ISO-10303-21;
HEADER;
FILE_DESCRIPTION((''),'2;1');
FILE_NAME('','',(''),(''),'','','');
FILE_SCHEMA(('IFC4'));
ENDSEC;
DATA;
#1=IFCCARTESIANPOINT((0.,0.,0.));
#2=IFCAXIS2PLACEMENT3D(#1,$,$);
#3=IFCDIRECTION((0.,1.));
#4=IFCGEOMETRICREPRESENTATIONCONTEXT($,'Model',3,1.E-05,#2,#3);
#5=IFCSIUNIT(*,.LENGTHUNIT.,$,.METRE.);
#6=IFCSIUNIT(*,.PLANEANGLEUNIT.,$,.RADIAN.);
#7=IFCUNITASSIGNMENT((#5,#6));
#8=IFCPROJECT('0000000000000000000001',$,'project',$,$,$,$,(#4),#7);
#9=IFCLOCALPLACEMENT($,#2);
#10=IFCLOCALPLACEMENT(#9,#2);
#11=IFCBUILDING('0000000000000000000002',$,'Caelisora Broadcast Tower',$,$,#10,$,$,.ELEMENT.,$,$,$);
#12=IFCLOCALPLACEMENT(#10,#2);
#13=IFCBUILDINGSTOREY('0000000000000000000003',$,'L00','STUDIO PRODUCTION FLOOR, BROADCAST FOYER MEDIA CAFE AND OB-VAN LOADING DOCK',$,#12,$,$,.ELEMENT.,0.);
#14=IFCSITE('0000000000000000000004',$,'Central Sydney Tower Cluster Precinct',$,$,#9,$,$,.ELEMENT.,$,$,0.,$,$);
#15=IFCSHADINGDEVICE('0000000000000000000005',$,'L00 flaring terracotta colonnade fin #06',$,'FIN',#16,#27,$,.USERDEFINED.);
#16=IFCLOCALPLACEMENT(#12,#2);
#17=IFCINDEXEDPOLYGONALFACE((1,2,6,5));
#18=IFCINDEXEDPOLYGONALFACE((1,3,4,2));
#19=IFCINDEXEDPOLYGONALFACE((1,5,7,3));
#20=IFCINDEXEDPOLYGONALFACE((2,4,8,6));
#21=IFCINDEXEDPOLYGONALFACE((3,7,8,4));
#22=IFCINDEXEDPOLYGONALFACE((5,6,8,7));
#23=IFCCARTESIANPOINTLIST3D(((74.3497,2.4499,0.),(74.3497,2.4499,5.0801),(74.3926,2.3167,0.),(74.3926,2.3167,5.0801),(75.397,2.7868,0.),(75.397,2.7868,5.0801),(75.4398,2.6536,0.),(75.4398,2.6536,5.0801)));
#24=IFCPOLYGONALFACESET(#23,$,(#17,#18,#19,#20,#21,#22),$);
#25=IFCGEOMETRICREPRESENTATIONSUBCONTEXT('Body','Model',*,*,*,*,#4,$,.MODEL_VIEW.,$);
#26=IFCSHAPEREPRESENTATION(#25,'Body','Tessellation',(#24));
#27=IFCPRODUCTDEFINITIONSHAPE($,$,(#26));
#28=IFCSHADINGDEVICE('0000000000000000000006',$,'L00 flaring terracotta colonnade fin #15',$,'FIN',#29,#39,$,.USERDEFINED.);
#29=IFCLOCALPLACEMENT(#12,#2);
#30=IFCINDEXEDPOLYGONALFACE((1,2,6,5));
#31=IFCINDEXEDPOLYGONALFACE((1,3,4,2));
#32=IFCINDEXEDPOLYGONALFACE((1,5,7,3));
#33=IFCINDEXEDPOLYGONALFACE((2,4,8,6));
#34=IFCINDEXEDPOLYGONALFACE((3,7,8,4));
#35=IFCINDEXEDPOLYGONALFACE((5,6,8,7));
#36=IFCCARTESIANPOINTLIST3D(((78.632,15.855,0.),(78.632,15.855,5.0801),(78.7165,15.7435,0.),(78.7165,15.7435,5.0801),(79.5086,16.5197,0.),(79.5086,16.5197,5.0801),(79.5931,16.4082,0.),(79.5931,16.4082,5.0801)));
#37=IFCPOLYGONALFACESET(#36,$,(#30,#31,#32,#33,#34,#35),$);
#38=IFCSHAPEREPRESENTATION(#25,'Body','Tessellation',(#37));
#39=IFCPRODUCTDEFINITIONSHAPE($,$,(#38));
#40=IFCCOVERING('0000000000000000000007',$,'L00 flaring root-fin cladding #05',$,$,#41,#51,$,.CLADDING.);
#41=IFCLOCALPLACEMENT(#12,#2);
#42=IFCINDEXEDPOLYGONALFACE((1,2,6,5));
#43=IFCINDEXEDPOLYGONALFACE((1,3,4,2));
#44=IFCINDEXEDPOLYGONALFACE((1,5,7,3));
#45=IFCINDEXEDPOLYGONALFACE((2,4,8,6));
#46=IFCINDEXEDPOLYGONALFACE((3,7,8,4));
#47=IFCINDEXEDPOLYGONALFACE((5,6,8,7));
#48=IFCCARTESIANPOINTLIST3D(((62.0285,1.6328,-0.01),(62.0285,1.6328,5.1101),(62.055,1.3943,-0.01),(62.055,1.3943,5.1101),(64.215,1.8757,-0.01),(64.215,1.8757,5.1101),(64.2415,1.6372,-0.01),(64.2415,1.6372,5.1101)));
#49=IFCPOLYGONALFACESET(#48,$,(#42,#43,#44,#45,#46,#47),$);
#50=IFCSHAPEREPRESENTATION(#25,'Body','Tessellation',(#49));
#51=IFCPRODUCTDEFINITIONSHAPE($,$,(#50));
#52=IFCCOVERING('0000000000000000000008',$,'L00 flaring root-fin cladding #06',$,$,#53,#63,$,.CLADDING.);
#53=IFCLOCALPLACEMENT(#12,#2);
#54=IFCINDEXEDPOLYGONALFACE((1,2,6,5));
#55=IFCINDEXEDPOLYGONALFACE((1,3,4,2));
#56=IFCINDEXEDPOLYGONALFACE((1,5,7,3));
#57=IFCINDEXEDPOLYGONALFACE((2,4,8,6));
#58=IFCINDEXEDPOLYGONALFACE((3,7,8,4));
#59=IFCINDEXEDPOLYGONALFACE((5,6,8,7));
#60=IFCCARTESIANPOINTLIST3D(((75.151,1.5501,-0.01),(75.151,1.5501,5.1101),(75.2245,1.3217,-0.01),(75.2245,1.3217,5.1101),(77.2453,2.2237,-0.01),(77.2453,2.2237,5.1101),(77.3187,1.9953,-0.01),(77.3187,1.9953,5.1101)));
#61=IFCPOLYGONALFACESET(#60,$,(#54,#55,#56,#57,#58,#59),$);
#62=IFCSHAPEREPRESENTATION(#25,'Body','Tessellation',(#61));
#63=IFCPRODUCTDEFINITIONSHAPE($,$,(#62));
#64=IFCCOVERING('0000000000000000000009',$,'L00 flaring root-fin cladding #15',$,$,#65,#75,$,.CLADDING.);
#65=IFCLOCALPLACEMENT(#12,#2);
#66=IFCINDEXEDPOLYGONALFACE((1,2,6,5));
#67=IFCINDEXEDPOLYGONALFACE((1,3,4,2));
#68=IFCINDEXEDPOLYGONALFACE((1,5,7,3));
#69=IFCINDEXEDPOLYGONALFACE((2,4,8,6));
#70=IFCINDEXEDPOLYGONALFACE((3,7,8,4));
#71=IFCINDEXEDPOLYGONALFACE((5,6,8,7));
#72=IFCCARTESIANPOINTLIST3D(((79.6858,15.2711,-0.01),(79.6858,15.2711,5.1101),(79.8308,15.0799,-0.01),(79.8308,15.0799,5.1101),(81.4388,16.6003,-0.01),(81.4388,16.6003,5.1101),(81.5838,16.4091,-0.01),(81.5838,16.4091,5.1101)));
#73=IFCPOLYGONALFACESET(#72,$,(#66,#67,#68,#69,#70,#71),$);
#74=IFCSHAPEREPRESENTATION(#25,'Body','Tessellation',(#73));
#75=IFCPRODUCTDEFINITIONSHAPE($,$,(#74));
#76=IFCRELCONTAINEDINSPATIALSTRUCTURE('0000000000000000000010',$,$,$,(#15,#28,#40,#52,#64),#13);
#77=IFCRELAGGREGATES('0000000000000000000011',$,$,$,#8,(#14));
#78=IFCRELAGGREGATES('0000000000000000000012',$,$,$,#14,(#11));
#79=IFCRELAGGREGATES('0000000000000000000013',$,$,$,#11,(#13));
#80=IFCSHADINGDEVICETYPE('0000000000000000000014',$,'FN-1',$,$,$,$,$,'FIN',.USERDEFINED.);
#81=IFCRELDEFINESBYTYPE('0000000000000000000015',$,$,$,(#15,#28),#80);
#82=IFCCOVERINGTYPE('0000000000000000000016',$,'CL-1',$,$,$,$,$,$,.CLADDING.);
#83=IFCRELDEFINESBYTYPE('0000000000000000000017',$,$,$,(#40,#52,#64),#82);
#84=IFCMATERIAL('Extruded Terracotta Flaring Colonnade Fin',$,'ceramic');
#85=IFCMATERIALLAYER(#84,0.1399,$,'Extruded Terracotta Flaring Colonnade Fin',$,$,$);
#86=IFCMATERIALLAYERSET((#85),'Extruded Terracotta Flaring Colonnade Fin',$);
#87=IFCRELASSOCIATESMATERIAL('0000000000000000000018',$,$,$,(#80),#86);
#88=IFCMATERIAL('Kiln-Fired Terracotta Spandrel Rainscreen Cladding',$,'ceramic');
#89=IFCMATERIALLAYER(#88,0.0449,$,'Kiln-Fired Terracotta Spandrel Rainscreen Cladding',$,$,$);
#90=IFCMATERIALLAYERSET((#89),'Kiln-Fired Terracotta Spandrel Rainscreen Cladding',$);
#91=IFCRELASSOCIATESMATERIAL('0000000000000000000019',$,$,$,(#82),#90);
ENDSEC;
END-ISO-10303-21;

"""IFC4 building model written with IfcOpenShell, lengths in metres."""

from ifc_helpers import new_model, si_unit, direction, frame, origin, origin_2d, place, context, subcontext, project, spatial, rectangle, extrude, source, transform, mapped, material, layer, layer_set, type_object, type_shapes, element, save


model = new_model("IFC4")

# Units and contexts
model_context = context("Model", 3, precision=1e-05, world=origin(), true_north=direction((0.0, 1.0)))
body_context = subcontext(model_context, "Body", "Model", "MODEL_VIEW")
ifc_project = project(units=[si_unit("LENGTHUNIT", "METRE"), si_unit("PLANEANGLEUNIT", "RADIAN")], contexts=[model_context])

# Site, building, storey
site_placement = place(None, origin())
site = spatial("IfcSite", under=ifc_project, at=site_placement, Name="Central Sydney Tower Cluster Precinct", CompositionType="ELEMENT", RefElevation=0.0)
building_placement = place(site_placement, origin())
building = spatial("IfcBuilding", under=site, at=building_placement, Name="Caelisora Broadcast Tower", CompositionType="ELEMENT")
storey_placement = place(building_placement, origin())
storey = spatial("IfcBuildingStorey", under=building, at=storey_placement, Name="L00", Description="STUDIO PRODUCTION FLOOR, BROADCAST FOYER MEDIA CAFE AND OB-VAN LOADING DOCK", CompositionType="ELEMENT", Elevation=0.0)

# Shading devices
ifc_material_1 = material(Name="Extruded Terracotta Flaring Colonnade Fin", Category="ceramic")
ifc_layer_1 = layer(ifc_material_1, 0.1399, Name="Extruded Terracotta Flaring Colonnade Fin")
ifc_layer_set_1 = layer_set([ifc_layer_1], Name="Extruded Terracotta Flaring Colonnade Fin")
shading_device_type = type_object("IfcShadingDeviceType", Name="FN-1", ElementType="FIN", PredefinedType="USERDEFINED", material=ifc_layer_set_1)
shared_shape_1 = source(origin(), body_context, "Body", "SweptSolid", [
    extrude(rectangle(XDim=1.1001, YDim=0.1399, at=origin_2d()), origin(), (0.0, 0.0, 1.0), 5.0801),
])
type_shapes(shading_device_type, [shared_shape_1])
for number, where, z_axis, x_axis, name in (
    (1, (74.8948, 2.5518, 0.0), (0.0, 0.0, 1.0), (0.951969, 0.306194, 0.0), "L00 flaring terracotta colonnade fin #06"),
    (2, (79.1125, 16.1316, 0.0), (0.0, 0.0, 1.0), (0.796846, 0.604182, 0.0), "L00 flaring terracotta colonnade fin #15"),
):
    element("IfcShadingDevice", number, at=place(storey_placement, frame(where, z_axis=z_axis, x_axis=x_axis)), inside=storey, type_object=shading_device_type, Name=name, ObjectType="FIN", PredefinedType="USERDEFINED", context=body_context, shape_type="MappedRepresentation", body=[
        mapped(shared_shape_1, transform((0.0, 0.0, 0.0), scale=1.0)),
    ])

# Coverings
ifc_material_2 = material(Name="Kiln-Fired Terracotta Spandrel Rainscreen Cladding", Category="ceramic")
ifc_layer_2 = layer(ifc_material_2, 0.0449, Name="Kiln-Fired Terracotta Spandrel Rainscreen Cladding")
ifc_layer_set_2 = layer_set([ifc_layer_2], Name="Kiln-Fired Terracotta Spandrel Rainscreen Cladding")
covering_type = type_object("IfcCoveringType", Name="CL-1", PredefinedType="CLADDING", material=ifc_layer_set_2)
shared_shape_2 = source(origin(), body_context, "Body", "SweptSolid", [
    extrude(rectangle(XDim=2.2, YDim=0.24, at=origin_2d()), origin(), (0.0, 0.0, 1.0), 5.1201),
])
type_shapes(covering_type, [shared_shape_2])
for number, where, z_axis, x_axis, name in (
    (3, (63.135, 1.635, -0.01), (0.0, 0.0, 1.0), (0.993884, 0.110428, 0.0), "L00 flaring root-fin cladding #05"),
    (4, (76.2349, 1.7727, -0.01), (0.0, 0.0, 1.0), (0.951969, 0.306194, 0.0), "L00 flaring root-fin cladding #06"),
    (5, (80.6348, 15.8401, -0.01), (0.0, 0.0, 1.0), (0.796846, 0.604182, 0.0), "L00 flaring root-fin cladding #15"),
):
    element("IfcCovering", number, at=place(storey_placement, frame(where, z_axis=z_axis, x_axis=x_axis)), inside=storey, type_object=covering_type, Name=name, PredefinedType="CLADDING", context=body_context, shape_type="MappedRepresentation", body=[
        mapped(shared_shape_2, transform((0.0, 0.0, 0.0), scale=1.0)),
    ])

save(model, "model.ifc")
